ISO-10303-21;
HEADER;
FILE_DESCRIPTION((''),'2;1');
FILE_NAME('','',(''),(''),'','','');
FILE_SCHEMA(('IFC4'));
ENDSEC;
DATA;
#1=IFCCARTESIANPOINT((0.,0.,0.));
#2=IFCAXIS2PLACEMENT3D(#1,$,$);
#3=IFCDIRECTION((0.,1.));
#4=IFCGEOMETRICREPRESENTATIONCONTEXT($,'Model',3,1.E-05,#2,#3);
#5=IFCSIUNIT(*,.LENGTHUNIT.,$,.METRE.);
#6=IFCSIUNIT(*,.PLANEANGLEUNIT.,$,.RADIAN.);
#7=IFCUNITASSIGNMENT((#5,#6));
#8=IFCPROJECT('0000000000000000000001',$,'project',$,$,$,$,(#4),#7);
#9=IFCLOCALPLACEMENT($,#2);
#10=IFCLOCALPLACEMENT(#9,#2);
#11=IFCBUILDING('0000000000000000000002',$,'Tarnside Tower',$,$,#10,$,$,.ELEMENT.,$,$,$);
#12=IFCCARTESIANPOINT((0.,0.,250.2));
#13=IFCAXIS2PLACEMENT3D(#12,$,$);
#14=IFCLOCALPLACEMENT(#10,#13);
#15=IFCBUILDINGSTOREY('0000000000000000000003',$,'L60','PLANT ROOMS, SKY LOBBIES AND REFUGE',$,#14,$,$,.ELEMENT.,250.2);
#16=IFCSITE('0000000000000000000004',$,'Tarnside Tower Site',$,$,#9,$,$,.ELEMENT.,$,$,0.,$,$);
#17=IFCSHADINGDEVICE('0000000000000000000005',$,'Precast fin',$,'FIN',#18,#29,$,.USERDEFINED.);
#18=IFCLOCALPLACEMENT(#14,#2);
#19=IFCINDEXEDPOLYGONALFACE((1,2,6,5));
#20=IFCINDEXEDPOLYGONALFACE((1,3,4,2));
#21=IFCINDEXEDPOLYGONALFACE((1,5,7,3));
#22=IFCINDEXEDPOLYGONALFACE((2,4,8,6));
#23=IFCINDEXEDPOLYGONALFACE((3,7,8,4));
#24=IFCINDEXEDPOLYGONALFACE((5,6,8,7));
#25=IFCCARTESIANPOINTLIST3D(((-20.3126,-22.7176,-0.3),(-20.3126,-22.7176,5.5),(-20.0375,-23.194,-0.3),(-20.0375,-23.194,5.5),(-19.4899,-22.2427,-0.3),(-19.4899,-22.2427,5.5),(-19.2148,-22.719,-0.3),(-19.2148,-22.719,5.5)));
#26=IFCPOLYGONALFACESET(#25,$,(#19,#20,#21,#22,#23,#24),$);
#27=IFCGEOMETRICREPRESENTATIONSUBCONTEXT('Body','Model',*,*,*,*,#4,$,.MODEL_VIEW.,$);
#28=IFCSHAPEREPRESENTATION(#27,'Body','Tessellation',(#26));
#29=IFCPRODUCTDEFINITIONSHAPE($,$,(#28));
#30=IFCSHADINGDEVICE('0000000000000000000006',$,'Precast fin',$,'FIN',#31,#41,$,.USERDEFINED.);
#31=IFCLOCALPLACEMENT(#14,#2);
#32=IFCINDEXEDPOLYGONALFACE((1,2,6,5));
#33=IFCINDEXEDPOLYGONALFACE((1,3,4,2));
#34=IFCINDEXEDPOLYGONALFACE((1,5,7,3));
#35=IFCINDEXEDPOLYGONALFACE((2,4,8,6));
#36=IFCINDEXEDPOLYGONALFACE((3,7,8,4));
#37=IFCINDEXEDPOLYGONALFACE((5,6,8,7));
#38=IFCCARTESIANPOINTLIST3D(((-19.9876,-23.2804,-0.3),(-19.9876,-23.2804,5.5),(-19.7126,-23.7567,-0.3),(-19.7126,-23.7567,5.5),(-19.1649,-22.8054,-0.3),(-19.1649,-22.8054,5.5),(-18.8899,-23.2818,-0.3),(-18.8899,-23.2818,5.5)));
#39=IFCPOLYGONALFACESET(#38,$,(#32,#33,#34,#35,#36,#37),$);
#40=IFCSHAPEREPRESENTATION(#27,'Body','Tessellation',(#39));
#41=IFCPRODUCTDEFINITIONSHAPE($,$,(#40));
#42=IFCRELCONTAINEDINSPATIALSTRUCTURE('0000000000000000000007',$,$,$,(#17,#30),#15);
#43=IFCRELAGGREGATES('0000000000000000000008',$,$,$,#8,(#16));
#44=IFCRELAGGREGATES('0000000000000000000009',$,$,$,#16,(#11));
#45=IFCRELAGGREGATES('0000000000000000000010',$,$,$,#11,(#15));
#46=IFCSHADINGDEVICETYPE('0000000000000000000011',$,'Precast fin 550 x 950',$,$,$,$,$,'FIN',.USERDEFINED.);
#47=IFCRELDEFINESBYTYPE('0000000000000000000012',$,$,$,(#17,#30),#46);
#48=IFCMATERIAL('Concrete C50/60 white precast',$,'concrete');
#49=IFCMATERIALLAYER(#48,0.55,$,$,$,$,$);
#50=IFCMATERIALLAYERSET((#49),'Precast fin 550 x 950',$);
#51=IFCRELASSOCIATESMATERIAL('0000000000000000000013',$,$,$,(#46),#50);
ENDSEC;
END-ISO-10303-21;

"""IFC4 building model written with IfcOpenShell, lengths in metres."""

from ifc_helpers import new_model, si_unit, direction, frame, origin, place, context, subcontext, project, spatial, polyline, outline, extrude, material, layer, layer_set, type_object, element, save


model = new_model("IFC4")

# Units and contexts
model_context = context("Model", 3, precision=1e-05, world=origin(), true_north=direction((0.0, 1.0)))
body_context = subcontext(model_context, "Body", "Model", "MODEL_VIEW")
ifc_project = project(units=[si_unit("LENGTHUNIT", "METRE"), si_unit("PLANEANGLEUNIT", "RADIAN")], contexts=[model_context])

# Site, building, storey
site_placement = place(None, origin())
site = spatial("IfcSite", under=ifc_project, at=site_placement, Name="Tarnside Tower Site", CompositionType="ELEMENT", RefElevation=0.0)
building_placement = place(site_placement, origin())
building = spatial("IfcBuilding", under=site, at=building_placement, Name="Tarnside Tower", CompositionType="ELEMENT")
storey_placement = place(building_placement, frame((0.0, 0.0, 250.2)))
storey = spatial("IfcBuildingStorey", under=building, at=storey_placement, Name="L60", Description="PLANT ROOMS, SKY LOBBIES AND REFUGE", CompositionType="ELEMENT", Elevation=250.2)

# Shading devices
ifc_material_1 = material(Name="Concrete C50/60 white precast", Category="concrete")
ifc_layer_1 = layer(ifc_material_1, 0.55)
ifc_layer_set_1 = layer_set([ifc_layer_1], Name="Precast fin 550 x 950")
shading_device_type = type_object("IfcShadingDeviceType", Name="Precast fin 550 x 950", ElementType="FIN", PredefinedType="USERDEFINED", material=ifc_layer_set_1)
for number, where, z_axis, x_axis, name in (
    (1, (-19.3523, -22.481, -0.3), (-0.5, 0.866025, 0.0), (-0.866025, -0.5, 0.0), "Precast fin"),
    (2, (-19.0273, -23.0437, -0.3), (-0.5, 0.866025, 0.0), (-0.866025, -0.5, 0.0), "Precast fin"),
):
    element("IfcShadingDevice", number, at=place(storey_placement, frame(where, z_axis=z_axis, x_axis=x_axis)), inside=storey, type_object=shading_device_type, Name=name, ObjectType="FIN", PredefinedType="USERDEFINED", context=body_context, shape_type="SweptSolid", body=[
        extrude(outline(polyline([(0.0, 0.0), (0.95, 0.0), (0.95, 5.8), (0.0, 5.8), (0.0, 0.0)])), frame((0.0, 0.0, -0.2749)), (0.0, 0.0, 1.0), 0.55),
    ])

save(model, "model.ifc")
